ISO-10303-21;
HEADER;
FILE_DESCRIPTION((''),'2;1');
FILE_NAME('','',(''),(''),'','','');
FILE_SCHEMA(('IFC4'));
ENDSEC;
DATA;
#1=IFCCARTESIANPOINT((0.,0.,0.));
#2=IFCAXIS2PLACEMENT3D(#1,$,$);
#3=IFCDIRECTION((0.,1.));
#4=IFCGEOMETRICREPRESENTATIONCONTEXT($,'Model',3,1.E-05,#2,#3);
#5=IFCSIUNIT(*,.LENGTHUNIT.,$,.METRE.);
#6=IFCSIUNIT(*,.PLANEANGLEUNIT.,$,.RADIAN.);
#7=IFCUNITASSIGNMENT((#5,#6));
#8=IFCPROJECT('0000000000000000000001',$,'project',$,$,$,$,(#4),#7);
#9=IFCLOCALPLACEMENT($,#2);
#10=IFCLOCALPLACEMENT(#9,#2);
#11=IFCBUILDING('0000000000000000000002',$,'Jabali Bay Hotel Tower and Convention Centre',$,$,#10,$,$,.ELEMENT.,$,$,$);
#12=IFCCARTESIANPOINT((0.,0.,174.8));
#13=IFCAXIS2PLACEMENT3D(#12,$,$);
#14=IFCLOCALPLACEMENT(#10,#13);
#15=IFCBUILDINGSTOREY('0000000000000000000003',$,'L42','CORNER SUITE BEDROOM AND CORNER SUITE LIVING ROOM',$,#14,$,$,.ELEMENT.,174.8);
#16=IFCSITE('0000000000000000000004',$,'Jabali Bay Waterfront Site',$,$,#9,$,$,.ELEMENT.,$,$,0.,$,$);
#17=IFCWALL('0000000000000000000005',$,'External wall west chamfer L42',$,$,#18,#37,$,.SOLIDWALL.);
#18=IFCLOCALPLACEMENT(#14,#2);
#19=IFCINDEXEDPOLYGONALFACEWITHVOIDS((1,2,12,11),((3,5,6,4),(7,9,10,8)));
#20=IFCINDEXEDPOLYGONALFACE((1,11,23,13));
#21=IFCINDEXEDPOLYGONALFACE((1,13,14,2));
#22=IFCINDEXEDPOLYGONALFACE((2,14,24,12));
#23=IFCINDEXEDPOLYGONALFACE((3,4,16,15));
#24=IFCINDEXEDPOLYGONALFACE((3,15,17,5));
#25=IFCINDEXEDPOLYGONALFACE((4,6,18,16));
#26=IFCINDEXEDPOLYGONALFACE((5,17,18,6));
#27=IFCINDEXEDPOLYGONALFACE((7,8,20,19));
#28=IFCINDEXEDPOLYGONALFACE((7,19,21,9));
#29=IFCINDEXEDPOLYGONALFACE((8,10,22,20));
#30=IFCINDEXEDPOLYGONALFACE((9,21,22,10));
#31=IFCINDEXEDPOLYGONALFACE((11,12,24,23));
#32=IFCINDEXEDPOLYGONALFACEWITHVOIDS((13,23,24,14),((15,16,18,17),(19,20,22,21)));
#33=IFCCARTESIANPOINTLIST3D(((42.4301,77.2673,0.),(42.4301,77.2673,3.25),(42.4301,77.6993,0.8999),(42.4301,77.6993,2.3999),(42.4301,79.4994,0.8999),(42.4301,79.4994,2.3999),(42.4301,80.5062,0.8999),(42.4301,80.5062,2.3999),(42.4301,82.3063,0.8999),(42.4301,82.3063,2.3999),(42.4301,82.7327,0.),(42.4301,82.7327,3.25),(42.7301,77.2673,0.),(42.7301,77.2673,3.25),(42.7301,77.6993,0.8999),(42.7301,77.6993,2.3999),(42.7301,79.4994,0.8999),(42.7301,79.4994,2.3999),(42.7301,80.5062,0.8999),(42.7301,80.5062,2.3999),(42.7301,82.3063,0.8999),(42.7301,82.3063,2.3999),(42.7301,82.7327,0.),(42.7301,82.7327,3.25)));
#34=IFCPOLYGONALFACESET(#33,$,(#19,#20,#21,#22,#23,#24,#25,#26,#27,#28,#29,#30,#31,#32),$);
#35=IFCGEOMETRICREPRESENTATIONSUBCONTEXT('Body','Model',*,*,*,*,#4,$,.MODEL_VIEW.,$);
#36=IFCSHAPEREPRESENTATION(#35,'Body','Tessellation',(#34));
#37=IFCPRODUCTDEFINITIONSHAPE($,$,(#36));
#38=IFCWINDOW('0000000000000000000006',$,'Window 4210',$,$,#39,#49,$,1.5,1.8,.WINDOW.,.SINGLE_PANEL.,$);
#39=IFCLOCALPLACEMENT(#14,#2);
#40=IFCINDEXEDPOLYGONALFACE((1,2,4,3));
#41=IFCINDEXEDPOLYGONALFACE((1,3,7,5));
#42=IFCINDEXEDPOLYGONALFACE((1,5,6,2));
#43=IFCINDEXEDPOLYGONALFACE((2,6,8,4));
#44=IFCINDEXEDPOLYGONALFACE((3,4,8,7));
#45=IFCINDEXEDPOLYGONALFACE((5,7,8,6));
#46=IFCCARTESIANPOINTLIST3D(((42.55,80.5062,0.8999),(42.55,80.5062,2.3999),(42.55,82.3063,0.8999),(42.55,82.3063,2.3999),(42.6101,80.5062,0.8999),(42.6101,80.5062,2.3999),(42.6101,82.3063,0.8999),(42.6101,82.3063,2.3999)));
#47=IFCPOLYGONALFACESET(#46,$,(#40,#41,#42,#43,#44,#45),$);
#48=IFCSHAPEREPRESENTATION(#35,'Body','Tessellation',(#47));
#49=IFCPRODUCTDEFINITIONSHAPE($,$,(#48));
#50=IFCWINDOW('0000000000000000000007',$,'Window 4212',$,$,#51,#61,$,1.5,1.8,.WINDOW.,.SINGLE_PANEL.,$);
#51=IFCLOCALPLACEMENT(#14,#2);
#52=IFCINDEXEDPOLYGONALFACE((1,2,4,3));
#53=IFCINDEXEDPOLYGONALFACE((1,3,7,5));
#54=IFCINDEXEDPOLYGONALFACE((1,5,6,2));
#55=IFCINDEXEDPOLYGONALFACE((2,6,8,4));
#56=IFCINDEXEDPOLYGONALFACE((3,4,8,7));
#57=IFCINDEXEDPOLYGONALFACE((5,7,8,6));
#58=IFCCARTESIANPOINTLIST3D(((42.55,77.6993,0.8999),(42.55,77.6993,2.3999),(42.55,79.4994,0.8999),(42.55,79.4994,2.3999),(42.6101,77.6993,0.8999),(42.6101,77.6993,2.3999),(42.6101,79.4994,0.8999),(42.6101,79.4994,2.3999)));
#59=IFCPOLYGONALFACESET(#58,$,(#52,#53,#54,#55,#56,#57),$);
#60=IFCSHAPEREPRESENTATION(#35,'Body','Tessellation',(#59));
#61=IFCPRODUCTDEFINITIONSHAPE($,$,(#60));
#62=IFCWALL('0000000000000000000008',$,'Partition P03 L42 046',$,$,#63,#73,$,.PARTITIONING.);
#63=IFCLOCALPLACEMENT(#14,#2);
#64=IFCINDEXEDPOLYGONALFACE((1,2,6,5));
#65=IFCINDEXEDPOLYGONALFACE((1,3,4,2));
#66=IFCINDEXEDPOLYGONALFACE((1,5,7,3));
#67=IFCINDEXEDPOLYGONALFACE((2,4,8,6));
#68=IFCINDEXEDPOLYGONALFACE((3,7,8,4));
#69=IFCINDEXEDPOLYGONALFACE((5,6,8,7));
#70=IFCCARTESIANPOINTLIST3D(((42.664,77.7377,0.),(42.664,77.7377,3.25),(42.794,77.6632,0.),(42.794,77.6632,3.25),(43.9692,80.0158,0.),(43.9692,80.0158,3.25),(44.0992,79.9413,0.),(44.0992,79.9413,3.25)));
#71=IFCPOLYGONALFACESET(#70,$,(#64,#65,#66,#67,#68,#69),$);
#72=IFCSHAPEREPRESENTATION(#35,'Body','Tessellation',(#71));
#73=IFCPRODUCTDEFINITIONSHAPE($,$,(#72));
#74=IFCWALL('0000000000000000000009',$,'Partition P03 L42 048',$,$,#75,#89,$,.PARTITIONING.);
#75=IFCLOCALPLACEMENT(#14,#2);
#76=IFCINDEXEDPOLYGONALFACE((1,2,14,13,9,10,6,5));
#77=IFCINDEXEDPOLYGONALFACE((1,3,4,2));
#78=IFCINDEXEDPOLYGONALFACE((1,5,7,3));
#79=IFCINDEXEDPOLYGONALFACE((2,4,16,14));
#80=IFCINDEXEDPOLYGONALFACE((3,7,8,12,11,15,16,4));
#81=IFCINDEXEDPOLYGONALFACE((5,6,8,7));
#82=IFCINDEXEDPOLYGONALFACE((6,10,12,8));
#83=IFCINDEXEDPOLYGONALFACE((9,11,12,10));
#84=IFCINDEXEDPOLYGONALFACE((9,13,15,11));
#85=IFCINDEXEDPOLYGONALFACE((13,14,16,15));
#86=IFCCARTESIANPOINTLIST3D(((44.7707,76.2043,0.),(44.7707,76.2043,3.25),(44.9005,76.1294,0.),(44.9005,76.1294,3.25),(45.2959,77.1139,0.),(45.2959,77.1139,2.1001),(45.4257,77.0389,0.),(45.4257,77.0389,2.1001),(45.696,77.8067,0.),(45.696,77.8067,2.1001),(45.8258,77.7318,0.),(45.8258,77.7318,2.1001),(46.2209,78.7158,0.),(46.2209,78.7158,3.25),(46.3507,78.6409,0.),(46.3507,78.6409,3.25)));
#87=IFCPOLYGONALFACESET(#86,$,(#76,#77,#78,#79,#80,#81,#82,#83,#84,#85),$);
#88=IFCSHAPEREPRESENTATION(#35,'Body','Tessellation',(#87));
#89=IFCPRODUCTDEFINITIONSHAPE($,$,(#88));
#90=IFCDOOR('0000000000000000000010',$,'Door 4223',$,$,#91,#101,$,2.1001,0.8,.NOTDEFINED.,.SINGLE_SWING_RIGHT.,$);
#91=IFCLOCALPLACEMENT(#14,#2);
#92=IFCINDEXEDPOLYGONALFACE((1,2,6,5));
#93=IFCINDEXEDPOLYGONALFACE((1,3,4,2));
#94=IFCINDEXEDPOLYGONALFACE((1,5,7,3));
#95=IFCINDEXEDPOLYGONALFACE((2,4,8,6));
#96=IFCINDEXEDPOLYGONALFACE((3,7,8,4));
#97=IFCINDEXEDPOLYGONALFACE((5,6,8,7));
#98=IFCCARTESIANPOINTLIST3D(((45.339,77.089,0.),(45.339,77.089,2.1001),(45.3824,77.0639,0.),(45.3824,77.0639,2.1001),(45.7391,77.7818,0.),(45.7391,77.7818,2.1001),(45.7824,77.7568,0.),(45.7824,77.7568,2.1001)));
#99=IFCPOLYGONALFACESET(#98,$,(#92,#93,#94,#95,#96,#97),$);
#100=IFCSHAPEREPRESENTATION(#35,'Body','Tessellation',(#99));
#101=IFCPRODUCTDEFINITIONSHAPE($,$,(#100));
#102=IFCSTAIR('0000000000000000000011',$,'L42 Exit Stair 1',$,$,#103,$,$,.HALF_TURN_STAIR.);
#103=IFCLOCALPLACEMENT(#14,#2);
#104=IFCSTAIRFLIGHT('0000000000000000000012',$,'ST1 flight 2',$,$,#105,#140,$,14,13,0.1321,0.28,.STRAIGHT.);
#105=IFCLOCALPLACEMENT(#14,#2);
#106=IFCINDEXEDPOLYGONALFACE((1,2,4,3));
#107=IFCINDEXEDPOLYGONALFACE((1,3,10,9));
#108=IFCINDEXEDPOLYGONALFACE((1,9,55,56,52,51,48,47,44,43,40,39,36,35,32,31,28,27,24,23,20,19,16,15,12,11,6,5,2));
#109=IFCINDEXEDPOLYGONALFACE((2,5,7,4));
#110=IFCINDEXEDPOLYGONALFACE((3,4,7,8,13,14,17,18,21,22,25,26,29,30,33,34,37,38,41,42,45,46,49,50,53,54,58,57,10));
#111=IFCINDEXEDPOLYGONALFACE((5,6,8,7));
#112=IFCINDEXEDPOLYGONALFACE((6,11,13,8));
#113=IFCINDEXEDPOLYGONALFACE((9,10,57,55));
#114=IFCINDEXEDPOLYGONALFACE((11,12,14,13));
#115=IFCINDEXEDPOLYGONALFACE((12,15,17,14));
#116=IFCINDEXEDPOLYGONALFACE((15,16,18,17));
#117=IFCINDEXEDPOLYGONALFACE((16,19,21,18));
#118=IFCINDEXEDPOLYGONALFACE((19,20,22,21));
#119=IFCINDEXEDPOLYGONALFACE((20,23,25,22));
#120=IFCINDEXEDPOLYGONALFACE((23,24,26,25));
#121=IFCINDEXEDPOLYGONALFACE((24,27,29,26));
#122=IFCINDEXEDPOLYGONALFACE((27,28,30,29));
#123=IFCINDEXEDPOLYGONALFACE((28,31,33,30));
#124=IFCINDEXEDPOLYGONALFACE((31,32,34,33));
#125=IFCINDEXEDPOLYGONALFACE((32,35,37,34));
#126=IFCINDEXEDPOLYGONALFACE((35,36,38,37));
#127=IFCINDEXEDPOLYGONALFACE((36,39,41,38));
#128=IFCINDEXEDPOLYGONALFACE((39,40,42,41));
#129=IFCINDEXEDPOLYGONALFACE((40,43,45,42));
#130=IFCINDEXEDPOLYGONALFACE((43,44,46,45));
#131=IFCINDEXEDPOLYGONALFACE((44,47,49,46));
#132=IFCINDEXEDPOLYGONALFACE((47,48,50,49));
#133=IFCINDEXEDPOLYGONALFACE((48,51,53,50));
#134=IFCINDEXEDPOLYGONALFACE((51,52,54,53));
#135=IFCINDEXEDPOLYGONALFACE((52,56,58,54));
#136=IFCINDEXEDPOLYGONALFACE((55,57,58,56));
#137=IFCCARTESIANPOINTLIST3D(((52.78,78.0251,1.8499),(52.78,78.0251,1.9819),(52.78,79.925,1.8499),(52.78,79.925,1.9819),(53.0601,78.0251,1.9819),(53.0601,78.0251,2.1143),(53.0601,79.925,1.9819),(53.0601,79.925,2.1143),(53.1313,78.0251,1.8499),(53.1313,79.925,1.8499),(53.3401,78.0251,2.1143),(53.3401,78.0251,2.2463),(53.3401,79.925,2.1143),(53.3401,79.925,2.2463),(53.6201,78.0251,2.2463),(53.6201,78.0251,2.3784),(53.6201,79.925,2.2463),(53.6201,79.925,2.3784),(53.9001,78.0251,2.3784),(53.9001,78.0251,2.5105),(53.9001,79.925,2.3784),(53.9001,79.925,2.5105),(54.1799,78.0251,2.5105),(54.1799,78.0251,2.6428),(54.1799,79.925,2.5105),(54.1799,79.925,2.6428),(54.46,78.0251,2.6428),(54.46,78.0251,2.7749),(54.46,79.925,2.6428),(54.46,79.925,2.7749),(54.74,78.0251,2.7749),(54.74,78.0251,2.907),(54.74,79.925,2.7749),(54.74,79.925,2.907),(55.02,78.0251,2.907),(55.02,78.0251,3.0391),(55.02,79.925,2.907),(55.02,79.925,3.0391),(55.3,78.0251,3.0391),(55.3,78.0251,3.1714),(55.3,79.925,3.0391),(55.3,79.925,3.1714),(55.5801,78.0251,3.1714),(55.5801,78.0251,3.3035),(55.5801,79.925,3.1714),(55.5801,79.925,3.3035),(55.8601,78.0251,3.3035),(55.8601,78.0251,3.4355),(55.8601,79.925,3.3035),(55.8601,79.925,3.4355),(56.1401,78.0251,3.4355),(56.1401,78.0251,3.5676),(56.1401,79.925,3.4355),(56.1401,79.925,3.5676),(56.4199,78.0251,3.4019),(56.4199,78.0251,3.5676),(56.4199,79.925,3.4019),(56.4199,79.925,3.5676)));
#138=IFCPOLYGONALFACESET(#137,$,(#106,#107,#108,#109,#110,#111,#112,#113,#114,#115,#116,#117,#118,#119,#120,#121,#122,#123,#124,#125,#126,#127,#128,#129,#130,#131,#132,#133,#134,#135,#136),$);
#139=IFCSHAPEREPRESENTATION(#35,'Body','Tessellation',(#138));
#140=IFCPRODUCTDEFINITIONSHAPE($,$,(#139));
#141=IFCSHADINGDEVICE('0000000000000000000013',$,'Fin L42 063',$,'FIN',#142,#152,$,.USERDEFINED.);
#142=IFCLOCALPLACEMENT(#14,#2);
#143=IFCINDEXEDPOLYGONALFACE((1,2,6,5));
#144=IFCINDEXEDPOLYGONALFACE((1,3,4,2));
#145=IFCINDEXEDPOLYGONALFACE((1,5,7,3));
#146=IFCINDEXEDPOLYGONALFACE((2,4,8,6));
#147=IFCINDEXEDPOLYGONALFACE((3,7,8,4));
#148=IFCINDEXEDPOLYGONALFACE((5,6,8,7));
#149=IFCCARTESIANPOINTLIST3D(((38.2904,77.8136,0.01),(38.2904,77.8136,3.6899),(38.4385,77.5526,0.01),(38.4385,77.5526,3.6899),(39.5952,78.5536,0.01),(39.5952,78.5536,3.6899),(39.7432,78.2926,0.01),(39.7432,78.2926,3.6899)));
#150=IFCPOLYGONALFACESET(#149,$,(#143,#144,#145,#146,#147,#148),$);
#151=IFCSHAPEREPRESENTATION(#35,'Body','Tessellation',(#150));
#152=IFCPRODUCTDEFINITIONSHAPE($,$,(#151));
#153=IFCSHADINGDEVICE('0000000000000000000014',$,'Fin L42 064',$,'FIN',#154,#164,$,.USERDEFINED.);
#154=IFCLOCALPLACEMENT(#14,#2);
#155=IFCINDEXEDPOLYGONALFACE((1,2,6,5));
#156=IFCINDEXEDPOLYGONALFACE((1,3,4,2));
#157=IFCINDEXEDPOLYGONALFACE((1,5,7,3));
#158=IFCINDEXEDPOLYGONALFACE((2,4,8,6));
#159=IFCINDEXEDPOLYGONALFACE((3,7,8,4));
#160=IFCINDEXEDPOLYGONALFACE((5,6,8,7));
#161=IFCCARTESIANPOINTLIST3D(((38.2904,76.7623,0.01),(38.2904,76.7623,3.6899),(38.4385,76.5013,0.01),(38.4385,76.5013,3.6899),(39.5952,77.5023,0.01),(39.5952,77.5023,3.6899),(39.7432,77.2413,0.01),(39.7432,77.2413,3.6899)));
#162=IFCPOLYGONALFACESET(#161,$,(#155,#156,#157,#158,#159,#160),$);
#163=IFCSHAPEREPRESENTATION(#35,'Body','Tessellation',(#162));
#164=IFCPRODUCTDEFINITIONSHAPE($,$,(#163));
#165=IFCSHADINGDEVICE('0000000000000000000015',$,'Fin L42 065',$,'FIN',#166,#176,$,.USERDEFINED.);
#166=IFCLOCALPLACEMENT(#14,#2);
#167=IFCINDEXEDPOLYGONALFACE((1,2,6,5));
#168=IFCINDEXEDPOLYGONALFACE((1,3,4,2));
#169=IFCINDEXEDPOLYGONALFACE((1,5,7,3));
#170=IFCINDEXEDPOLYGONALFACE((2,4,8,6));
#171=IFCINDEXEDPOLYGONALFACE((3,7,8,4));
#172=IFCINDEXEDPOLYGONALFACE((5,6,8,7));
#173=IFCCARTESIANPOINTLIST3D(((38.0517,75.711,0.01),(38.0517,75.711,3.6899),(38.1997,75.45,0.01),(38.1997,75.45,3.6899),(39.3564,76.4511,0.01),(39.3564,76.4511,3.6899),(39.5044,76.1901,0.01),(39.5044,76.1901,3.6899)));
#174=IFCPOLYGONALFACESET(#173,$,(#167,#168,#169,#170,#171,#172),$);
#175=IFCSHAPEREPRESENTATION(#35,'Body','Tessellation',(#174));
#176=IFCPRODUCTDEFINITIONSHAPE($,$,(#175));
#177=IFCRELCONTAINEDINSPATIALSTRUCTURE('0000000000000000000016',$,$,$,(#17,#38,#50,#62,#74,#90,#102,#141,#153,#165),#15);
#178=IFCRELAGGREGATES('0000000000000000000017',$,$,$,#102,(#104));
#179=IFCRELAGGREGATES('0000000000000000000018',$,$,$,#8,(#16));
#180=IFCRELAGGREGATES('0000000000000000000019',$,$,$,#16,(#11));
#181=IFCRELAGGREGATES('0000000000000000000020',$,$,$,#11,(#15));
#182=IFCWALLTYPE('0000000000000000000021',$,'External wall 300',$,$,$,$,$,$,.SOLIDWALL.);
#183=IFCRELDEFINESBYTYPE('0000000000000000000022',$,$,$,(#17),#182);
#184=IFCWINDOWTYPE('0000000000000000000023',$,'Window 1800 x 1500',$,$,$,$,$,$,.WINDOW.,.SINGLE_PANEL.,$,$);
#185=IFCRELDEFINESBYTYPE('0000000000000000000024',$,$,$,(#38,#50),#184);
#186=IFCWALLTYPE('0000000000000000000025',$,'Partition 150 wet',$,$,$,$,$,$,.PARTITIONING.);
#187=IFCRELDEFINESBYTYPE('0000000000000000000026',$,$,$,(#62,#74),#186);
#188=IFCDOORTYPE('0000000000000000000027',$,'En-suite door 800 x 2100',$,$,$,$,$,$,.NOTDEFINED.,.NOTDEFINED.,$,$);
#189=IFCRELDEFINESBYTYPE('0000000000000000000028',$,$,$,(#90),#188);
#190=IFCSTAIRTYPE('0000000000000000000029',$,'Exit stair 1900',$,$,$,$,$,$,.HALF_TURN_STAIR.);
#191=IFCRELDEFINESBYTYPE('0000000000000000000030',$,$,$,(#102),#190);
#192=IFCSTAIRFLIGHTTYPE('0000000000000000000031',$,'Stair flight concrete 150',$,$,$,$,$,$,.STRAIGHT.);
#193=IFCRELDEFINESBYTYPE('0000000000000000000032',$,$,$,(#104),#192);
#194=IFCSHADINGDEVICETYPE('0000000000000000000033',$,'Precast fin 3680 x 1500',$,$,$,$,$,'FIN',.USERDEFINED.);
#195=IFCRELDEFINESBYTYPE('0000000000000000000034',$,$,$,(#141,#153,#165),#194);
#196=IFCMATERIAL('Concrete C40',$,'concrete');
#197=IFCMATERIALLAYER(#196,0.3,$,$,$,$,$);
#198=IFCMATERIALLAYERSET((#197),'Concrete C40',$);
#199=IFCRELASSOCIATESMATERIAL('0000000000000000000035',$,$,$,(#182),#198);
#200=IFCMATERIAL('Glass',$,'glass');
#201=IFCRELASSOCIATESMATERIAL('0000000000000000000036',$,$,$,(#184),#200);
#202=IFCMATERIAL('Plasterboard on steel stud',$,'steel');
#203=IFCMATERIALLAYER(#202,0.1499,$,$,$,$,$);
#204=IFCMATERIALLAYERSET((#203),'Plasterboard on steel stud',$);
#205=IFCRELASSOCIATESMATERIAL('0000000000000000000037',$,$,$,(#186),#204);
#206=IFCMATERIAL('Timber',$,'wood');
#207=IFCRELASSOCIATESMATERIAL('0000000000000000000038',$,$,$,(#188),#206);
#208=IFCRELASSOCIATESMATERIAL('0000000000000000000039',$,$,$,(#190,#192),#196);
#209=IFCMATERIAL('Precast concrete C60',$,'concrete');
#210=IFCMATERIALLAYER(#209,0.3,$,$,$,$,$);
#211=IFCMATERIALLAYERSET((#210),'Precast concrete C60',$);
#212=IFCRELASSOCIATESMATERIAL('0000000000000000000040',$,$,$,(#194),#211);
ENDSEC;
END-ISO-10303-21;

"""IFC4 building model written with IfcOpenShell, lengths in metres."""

from ifc_helpers import new_model, si_unit, direction, frame, frame_2d, origin, place, context, subcontext, project, spatial, polyline, rectangle, outline, extrude, material, layer, layer_set, type_object, element, fill, aggregate, save


model = new_model("IFC4")

# Units and contexts
model_context = context("Model", 3, precision=1e-05, world=origin(), true_north=direction((0.0, 1.0)))
body_context = subcontext(model_context, "Body", "Model", "MODEL_VIEW")
ifc_project = project(units=[si_unit("LENGTHUNIT", "METRE"), si_unit("PLANEANGLEUNIT", "RADIAN")], contexts=[model_context])

# Site, building, storey
site_placement = place(None, origin())
site = spatial("IfcSite", under=ifc_project, at=site_placement, Name="Jabali Bay Waterfront Site", CompositionType="ELEMENT", RefElevation=0.0)
building_placement = place(site_placement, origin())
building = spatial("IfcBuilding", under=site, at=building_placement, Name="Jabali Bay Hotel Tower and Convention Centre", CompositionType="ELEMENT")
storey_placement = place(building_placement, frame((0.0, 0.0, 174.8)))
storey = spatial("IfcBuildingStorey", under=building, at=storey_placement, Name="L42", Description="CORNER SUITE BEDROOM AND CORNER SUITE LIVING ROOM", CompositionType="ELEMENT", Elevation=174.8)

# Shared definitions
ifc_material_1 = material(Name="Concrete C40", Category="concrete")

# Wall, openings, windows
ifc_layer_1 = layer(ifc_material_1, 0.3)
ifc_layer_set_1 = layer_set([ifc_layer_1], Name="Concrete C40")
wall_type_1 = type_object("IfcWallType", Name="External wall 300", PredefinedType="SOLIDWALL", material=ifc_layer_set_1)
wall_1_placement = place(storey_placement, frame((42.5801, 77.2673, 0.0), z_axis=(0.0, 0.0, 1.0), x_axis=(0.0, 1.0, 0.0)))
wall_1 = element("IfcWall", 1, at=wall_1_placement, inside=storey, type_object=wall_type_1, Name="External wall west chamfer L42", PredefinedType="SOLIDWALL", context=body_context, shape_type="SweptSolid", body=[
    extrude(rectangle(XDim=5.4653, YDim=0.3, at=frame_2d((2.7327, 0.0))), origin(), (0.0, 0.0, 1.0), 3.25),
])
opening_1_placement = place(wall_1_placement, frame((3.239, 0.0, 0.8999)))
opening_1 = element("IfcOpeningElement", 2, at=opening_1_placement, cuts=wall_1, PredefinedType="OPENING", context=body_context, shape_type="SweptSolid", body=[
    extrude(rectangle(XDim=1.8, YDim=1.5, at=frame_2d((0.8999, 0.75))), frame((0.0, 0.1606, 0.0), z_axis=(0.0, -1.0, 0.0), x_axis=(1.0, 0.0, 0.0)), (0.0, 0.0, 1.0), 0.321),
])
opening_2_placement = place(wall_1_placement, frame((0.4321, 0.0, 0.8999)))
opening_2 = element("IfcOpeningElement", 3, at=opening_2_placement, cuts=wall_1, PredefinedType="OPENING", context=body_context, shape_type="SweptSolid", body=[
    extrude(rectangle(XDim=1.8, YDim=1.5, at=frame_2d((0.8999, 0.75))), frame((0.0, 0.1606, 0.0), z_axis=(0.0, -1.0, 0.0), x_axis=(1.0, 0.0, 0.0)), (0.0, 0.0, 1.0), 0.321),
])
ifc_material_2 = material(Name="Glass", Category="glass")
window_type = type_object("IfcWindowType", Name="Window 1800 x 1500", PartitioningType="SINGLE_PANEL", PredefinedType="WINDOW", material=ifc_material_2)
window_1_placement = place(opening_1_placement, origin())
window_1 = element("IfcWindow", 4, at=window_1_placement, inside=storey, type_object=window_type, Name="Window 4210", OverallHeight=1.5, OverallWidth=1.8, PartitioningType="SINGLE_PANEL", PredefinedType="WINDOW", context=body_context, shape_type="SweptSolid", body=[
    extrude(rectangle(XDim=1.8, YDim=1.5, at=frame_2d((0.8999, 0.75))), frame((0.0, 0.03, 0.0), z_axis=(0.0, -1.0, 0.0), x_axis=(1.0, 0.0, 0.0)), (0.0, 0.0, 1.0), 0.0601),
])
fill(opening_1, window_1)
window_2_placement = place(opening_2_placement, origin())
window_2 = element("IfcWindow", 5, at=window_2_placement, inside=storey, type_object=window_type, Name="Window 4212", OverallHeight=1.5, OverallWidth=1.8, PartitioningType="SINGLE_PANEL", PredefinedType="WINDOW", context=body_context, shape_type="SweptSolid", body=[
    extrude(rectangle(XDim=1.8, YDim=1.5, at=frame_2d((0.8999, 0.75))), frame((0.0, 0.03, 0.0), z_axis=(0.0, -1.0, 0.0), x_axis=(1.0, 0.0, 0.0)), (0.0, 0.0, 1.0), 0.0601),
])
fill(opening_2, window_2)

# Wall
ifc_material_3 = material(Name="Plasterboard on steel stud", Category="steel")
ifc_layer_2 = layer(ifc_material_3, 0.1499)
ifc_layer_set_2 = layer_set([ifc_layer_2], Name="Plasterboard on steel stud")
wall_type_2 = type_object("IfcWallType", Name="Partition 150 wet", PredefinedType="PARTITIONING", material=ifc_layer_set_2)
wall_2_placement = place(storey_placement, frame((42.729, 77.7004, 0.0), z_axis=(0.0, 0.0, 1.0), x_axis=(0.49712, 0.867682, 0.0)))
element("IfcWall", 6, at=wall_2_placement, inside=storey, type_object=wall_type_2, Name="Partition P03 L42 046", PredefinedType="PARTITIONING", context=body_context, shape_type="SweptSolid", body=[
    extrude(rectangle(XDim=2.6255, YDim=0.1499, at=frame_2d((1.3127, 0.0))), origin(), (0.0, 0.0, 1.0), 3.25),
])

# Wall, opening, door
wall_3_placement = place(storey_placement, frame((46.2859, 78.6785, 0.0), z_axis=(0.0, 0.0, 1.0), x_axis=(-0.50005, -0.865996, 0.0)))
wall_3 = element("IfcWall", 7, at=wall_3_placement, inside=storey, type_object=wall_type_2, Name="Partition P03 L42 048", PredefinedType="PARTITIONING", context=body_context, shape_type="SweptSolid", body=[
    extrude(rectangle(XDim=2.9001, YDim=0.1499, at=frame_2d((1.4502, 0.0))), origin(), (0.0, 0.0, 1.0), 3.25),
])
opening_3_placement = place(wall_3_placement, frame((1.05, 0.0, 0.0)))
opening_3 = element("IfcOpeningElement", 8, at=opening_3_placement, cuts=wall_3, PredefinedType="OPENING", context=body_context, shape_type="SweptSolid", body=[
    extrude(rectangle(XDim=0.8, YDim=2.1001, at=frame_2d((0.3999, 1.05))), frame((0.0, 0.0854, 0.0), z_axis=(0.0, -1.0, 0.0), x_axis=(1.0, 0.0, 0.0)), (0.0, 0.0, 1.0), 0.1709),
])
ifc_material_4 = material(Name="Timber", Category="wood")
door_type_1 = type_object("IfcDoorType", Name="En-suite door 800 x 2100", OperationType="NOTDEFINED", PredefinedType="NOTDEFINED", material=ifc_material_4)
door_1_placement = place(opening_3_placement, origin())
door_1 = element("IfcDoor", 9, at=door_1_placement, inside=storey, type_object=door_type_1, Name="Door 4223", OperationType="SINGLE_SWING_RIGHT", OverallHeight=2.1001, OverallWidth=0.8, PredefinedType="NOTDEFINED", context=body_context, shape_type="SweptSolid", body=[
    extrude(rectangle(XDim=0.8, YDim=2.1001, at=frame_2d((0.3999, 1.05))), frame((0.0, 0.0249, 0.0), z_axis=(0.0, -1.0, 0.0), x_axis=(1.0, 0.0, 0.0)), (0.0, 0.0, 1.0), 0.05),
])
fill(opening_3, door_1)

# Stair, stair flight
stair_type = type_object("IfcStairType", Name="Exit stair 1900", PredefinedType="HALF_TURN_STAIR", material=ifc_material_1)
stair_placement = place(storey_placement, origin())
stair = element("IfcStair", 10, at=stair_placement, inside=storey, type_object=stair_type, Name="L42 Exit Stair 1", PredefinedType="HALF_TURN_STAIR")
stair_flight_type = type_object("IfcStairFlightType", Name="Stair flight concrete 150", PredefinedType="STRAIGHT", material=ifc_material_1)
stair_flight_placement = place(storey_placement, frame((52.78, 78.9751, 1.8499), z_axis=(0.0, 0.0, 1.0), x_axis=(1.0, 0.0, 0.0)))
stair_flight = element("IfcStairFlight", 11, at=stair_flight_placement, type_object=stair_flight_type, Name="ST1 flight 2", NumberOfRisers=14, NumberOfTreads=13, PredefinedType="STRAIGHT", RiserHeight=0.1321, TreadLength=0.28, context=body_context, shape_type="SweptSolid", body=[
    extrude(outline(polyline([(0.0, 0.0), (0.0, 0.1321), (0.28, 0.1321), (0.28, 0.2644), (0.5601, 0.2644), (0.5601, 0.3965), (0.8401, 0.3965), (0.8401, 0.5286), (1.1201, 0.5286), (1.1201, 0.6606), (1.3999, 0.6606), (1.3999, 0.793), (1.6799, 0.793), (1.6799, 0.925), (1.96, 0.925), (1.96, 1.0571), (2.24, 1.0571), (2.24, 1.1892), (2.52, 1.1892), (2.52, 1.3215), (2.8, 1.3215), (2.8, 1.4536), (3.0801, 1.4536), (3.0801, 1.5857), (3.3601, 1.5857), (3.3601, 1.7178), (3.6399, 1.7178), (3.6399, 1.8501), (3.6399, 1.552), (0.3513, 0.0), (0.0, 0.0)])), frame((0.0, 0.95, 0.0), z_axis=(0.0, -1.0, 0.0), x_axis=(1.0, 0.0, 0.0)), (0.0, 0.0, 1.0), 1.8999),
])
aggregate(stair, [stair_flight])

# Shading devices
ifc_material_5 = material(Name="Precast concrete C60", Category="concrete")
ifc_layer_3 = layer(ifc_material_5, 0.3)
ifc_layer_set_3 = layer_set([ifc_layer_3], Name="Precast concrete C60")
shading_device_type = type_object("IfcShadingDeviceType", Name="Precast fin 3680 x 1500", ElementType="FIN", PredefinedType="USERDEFINED", material=ifc_layer_set_3)
for number, where, z_axis, x_axis, name in (
    (12, (39.6692, 78.4231, 0.01), (0.0, 0.0, 1.0), (-0.869831, -0.493349, 0.0), "Fin L42 063"),
    (13, (39.6692, 77.3718, 0.01), (0.0, 0.0, 1.0), (-0.869831, -0.493349, 0.0), "Fin L42 064"),
    (14, (39.4304, 76.3206, 0.01), (0.0, 0.0, 1.0), (-0.869831, -0.493349, 0.0), "Fin L42 065"),
):
    element("IfcShadingDevice", number, at=place(storey_placement, frame(where, z_axis=z_axis, x_axis=x_axis)), inside=storey, type_object=shading_device_type, Name=name, ObjectType="FIN", PredefinedType="USERDEFINED", context=body_context, shape_type="SweptSolid", body=[
        extrude(rectangle(XDim=1.5, YDim=0.3, at=frame_2d((0.75, 0.0))), origin(), (0.0, 0.0, 1.0), 3.6799),
    ])

save(model, "model.ifc")
